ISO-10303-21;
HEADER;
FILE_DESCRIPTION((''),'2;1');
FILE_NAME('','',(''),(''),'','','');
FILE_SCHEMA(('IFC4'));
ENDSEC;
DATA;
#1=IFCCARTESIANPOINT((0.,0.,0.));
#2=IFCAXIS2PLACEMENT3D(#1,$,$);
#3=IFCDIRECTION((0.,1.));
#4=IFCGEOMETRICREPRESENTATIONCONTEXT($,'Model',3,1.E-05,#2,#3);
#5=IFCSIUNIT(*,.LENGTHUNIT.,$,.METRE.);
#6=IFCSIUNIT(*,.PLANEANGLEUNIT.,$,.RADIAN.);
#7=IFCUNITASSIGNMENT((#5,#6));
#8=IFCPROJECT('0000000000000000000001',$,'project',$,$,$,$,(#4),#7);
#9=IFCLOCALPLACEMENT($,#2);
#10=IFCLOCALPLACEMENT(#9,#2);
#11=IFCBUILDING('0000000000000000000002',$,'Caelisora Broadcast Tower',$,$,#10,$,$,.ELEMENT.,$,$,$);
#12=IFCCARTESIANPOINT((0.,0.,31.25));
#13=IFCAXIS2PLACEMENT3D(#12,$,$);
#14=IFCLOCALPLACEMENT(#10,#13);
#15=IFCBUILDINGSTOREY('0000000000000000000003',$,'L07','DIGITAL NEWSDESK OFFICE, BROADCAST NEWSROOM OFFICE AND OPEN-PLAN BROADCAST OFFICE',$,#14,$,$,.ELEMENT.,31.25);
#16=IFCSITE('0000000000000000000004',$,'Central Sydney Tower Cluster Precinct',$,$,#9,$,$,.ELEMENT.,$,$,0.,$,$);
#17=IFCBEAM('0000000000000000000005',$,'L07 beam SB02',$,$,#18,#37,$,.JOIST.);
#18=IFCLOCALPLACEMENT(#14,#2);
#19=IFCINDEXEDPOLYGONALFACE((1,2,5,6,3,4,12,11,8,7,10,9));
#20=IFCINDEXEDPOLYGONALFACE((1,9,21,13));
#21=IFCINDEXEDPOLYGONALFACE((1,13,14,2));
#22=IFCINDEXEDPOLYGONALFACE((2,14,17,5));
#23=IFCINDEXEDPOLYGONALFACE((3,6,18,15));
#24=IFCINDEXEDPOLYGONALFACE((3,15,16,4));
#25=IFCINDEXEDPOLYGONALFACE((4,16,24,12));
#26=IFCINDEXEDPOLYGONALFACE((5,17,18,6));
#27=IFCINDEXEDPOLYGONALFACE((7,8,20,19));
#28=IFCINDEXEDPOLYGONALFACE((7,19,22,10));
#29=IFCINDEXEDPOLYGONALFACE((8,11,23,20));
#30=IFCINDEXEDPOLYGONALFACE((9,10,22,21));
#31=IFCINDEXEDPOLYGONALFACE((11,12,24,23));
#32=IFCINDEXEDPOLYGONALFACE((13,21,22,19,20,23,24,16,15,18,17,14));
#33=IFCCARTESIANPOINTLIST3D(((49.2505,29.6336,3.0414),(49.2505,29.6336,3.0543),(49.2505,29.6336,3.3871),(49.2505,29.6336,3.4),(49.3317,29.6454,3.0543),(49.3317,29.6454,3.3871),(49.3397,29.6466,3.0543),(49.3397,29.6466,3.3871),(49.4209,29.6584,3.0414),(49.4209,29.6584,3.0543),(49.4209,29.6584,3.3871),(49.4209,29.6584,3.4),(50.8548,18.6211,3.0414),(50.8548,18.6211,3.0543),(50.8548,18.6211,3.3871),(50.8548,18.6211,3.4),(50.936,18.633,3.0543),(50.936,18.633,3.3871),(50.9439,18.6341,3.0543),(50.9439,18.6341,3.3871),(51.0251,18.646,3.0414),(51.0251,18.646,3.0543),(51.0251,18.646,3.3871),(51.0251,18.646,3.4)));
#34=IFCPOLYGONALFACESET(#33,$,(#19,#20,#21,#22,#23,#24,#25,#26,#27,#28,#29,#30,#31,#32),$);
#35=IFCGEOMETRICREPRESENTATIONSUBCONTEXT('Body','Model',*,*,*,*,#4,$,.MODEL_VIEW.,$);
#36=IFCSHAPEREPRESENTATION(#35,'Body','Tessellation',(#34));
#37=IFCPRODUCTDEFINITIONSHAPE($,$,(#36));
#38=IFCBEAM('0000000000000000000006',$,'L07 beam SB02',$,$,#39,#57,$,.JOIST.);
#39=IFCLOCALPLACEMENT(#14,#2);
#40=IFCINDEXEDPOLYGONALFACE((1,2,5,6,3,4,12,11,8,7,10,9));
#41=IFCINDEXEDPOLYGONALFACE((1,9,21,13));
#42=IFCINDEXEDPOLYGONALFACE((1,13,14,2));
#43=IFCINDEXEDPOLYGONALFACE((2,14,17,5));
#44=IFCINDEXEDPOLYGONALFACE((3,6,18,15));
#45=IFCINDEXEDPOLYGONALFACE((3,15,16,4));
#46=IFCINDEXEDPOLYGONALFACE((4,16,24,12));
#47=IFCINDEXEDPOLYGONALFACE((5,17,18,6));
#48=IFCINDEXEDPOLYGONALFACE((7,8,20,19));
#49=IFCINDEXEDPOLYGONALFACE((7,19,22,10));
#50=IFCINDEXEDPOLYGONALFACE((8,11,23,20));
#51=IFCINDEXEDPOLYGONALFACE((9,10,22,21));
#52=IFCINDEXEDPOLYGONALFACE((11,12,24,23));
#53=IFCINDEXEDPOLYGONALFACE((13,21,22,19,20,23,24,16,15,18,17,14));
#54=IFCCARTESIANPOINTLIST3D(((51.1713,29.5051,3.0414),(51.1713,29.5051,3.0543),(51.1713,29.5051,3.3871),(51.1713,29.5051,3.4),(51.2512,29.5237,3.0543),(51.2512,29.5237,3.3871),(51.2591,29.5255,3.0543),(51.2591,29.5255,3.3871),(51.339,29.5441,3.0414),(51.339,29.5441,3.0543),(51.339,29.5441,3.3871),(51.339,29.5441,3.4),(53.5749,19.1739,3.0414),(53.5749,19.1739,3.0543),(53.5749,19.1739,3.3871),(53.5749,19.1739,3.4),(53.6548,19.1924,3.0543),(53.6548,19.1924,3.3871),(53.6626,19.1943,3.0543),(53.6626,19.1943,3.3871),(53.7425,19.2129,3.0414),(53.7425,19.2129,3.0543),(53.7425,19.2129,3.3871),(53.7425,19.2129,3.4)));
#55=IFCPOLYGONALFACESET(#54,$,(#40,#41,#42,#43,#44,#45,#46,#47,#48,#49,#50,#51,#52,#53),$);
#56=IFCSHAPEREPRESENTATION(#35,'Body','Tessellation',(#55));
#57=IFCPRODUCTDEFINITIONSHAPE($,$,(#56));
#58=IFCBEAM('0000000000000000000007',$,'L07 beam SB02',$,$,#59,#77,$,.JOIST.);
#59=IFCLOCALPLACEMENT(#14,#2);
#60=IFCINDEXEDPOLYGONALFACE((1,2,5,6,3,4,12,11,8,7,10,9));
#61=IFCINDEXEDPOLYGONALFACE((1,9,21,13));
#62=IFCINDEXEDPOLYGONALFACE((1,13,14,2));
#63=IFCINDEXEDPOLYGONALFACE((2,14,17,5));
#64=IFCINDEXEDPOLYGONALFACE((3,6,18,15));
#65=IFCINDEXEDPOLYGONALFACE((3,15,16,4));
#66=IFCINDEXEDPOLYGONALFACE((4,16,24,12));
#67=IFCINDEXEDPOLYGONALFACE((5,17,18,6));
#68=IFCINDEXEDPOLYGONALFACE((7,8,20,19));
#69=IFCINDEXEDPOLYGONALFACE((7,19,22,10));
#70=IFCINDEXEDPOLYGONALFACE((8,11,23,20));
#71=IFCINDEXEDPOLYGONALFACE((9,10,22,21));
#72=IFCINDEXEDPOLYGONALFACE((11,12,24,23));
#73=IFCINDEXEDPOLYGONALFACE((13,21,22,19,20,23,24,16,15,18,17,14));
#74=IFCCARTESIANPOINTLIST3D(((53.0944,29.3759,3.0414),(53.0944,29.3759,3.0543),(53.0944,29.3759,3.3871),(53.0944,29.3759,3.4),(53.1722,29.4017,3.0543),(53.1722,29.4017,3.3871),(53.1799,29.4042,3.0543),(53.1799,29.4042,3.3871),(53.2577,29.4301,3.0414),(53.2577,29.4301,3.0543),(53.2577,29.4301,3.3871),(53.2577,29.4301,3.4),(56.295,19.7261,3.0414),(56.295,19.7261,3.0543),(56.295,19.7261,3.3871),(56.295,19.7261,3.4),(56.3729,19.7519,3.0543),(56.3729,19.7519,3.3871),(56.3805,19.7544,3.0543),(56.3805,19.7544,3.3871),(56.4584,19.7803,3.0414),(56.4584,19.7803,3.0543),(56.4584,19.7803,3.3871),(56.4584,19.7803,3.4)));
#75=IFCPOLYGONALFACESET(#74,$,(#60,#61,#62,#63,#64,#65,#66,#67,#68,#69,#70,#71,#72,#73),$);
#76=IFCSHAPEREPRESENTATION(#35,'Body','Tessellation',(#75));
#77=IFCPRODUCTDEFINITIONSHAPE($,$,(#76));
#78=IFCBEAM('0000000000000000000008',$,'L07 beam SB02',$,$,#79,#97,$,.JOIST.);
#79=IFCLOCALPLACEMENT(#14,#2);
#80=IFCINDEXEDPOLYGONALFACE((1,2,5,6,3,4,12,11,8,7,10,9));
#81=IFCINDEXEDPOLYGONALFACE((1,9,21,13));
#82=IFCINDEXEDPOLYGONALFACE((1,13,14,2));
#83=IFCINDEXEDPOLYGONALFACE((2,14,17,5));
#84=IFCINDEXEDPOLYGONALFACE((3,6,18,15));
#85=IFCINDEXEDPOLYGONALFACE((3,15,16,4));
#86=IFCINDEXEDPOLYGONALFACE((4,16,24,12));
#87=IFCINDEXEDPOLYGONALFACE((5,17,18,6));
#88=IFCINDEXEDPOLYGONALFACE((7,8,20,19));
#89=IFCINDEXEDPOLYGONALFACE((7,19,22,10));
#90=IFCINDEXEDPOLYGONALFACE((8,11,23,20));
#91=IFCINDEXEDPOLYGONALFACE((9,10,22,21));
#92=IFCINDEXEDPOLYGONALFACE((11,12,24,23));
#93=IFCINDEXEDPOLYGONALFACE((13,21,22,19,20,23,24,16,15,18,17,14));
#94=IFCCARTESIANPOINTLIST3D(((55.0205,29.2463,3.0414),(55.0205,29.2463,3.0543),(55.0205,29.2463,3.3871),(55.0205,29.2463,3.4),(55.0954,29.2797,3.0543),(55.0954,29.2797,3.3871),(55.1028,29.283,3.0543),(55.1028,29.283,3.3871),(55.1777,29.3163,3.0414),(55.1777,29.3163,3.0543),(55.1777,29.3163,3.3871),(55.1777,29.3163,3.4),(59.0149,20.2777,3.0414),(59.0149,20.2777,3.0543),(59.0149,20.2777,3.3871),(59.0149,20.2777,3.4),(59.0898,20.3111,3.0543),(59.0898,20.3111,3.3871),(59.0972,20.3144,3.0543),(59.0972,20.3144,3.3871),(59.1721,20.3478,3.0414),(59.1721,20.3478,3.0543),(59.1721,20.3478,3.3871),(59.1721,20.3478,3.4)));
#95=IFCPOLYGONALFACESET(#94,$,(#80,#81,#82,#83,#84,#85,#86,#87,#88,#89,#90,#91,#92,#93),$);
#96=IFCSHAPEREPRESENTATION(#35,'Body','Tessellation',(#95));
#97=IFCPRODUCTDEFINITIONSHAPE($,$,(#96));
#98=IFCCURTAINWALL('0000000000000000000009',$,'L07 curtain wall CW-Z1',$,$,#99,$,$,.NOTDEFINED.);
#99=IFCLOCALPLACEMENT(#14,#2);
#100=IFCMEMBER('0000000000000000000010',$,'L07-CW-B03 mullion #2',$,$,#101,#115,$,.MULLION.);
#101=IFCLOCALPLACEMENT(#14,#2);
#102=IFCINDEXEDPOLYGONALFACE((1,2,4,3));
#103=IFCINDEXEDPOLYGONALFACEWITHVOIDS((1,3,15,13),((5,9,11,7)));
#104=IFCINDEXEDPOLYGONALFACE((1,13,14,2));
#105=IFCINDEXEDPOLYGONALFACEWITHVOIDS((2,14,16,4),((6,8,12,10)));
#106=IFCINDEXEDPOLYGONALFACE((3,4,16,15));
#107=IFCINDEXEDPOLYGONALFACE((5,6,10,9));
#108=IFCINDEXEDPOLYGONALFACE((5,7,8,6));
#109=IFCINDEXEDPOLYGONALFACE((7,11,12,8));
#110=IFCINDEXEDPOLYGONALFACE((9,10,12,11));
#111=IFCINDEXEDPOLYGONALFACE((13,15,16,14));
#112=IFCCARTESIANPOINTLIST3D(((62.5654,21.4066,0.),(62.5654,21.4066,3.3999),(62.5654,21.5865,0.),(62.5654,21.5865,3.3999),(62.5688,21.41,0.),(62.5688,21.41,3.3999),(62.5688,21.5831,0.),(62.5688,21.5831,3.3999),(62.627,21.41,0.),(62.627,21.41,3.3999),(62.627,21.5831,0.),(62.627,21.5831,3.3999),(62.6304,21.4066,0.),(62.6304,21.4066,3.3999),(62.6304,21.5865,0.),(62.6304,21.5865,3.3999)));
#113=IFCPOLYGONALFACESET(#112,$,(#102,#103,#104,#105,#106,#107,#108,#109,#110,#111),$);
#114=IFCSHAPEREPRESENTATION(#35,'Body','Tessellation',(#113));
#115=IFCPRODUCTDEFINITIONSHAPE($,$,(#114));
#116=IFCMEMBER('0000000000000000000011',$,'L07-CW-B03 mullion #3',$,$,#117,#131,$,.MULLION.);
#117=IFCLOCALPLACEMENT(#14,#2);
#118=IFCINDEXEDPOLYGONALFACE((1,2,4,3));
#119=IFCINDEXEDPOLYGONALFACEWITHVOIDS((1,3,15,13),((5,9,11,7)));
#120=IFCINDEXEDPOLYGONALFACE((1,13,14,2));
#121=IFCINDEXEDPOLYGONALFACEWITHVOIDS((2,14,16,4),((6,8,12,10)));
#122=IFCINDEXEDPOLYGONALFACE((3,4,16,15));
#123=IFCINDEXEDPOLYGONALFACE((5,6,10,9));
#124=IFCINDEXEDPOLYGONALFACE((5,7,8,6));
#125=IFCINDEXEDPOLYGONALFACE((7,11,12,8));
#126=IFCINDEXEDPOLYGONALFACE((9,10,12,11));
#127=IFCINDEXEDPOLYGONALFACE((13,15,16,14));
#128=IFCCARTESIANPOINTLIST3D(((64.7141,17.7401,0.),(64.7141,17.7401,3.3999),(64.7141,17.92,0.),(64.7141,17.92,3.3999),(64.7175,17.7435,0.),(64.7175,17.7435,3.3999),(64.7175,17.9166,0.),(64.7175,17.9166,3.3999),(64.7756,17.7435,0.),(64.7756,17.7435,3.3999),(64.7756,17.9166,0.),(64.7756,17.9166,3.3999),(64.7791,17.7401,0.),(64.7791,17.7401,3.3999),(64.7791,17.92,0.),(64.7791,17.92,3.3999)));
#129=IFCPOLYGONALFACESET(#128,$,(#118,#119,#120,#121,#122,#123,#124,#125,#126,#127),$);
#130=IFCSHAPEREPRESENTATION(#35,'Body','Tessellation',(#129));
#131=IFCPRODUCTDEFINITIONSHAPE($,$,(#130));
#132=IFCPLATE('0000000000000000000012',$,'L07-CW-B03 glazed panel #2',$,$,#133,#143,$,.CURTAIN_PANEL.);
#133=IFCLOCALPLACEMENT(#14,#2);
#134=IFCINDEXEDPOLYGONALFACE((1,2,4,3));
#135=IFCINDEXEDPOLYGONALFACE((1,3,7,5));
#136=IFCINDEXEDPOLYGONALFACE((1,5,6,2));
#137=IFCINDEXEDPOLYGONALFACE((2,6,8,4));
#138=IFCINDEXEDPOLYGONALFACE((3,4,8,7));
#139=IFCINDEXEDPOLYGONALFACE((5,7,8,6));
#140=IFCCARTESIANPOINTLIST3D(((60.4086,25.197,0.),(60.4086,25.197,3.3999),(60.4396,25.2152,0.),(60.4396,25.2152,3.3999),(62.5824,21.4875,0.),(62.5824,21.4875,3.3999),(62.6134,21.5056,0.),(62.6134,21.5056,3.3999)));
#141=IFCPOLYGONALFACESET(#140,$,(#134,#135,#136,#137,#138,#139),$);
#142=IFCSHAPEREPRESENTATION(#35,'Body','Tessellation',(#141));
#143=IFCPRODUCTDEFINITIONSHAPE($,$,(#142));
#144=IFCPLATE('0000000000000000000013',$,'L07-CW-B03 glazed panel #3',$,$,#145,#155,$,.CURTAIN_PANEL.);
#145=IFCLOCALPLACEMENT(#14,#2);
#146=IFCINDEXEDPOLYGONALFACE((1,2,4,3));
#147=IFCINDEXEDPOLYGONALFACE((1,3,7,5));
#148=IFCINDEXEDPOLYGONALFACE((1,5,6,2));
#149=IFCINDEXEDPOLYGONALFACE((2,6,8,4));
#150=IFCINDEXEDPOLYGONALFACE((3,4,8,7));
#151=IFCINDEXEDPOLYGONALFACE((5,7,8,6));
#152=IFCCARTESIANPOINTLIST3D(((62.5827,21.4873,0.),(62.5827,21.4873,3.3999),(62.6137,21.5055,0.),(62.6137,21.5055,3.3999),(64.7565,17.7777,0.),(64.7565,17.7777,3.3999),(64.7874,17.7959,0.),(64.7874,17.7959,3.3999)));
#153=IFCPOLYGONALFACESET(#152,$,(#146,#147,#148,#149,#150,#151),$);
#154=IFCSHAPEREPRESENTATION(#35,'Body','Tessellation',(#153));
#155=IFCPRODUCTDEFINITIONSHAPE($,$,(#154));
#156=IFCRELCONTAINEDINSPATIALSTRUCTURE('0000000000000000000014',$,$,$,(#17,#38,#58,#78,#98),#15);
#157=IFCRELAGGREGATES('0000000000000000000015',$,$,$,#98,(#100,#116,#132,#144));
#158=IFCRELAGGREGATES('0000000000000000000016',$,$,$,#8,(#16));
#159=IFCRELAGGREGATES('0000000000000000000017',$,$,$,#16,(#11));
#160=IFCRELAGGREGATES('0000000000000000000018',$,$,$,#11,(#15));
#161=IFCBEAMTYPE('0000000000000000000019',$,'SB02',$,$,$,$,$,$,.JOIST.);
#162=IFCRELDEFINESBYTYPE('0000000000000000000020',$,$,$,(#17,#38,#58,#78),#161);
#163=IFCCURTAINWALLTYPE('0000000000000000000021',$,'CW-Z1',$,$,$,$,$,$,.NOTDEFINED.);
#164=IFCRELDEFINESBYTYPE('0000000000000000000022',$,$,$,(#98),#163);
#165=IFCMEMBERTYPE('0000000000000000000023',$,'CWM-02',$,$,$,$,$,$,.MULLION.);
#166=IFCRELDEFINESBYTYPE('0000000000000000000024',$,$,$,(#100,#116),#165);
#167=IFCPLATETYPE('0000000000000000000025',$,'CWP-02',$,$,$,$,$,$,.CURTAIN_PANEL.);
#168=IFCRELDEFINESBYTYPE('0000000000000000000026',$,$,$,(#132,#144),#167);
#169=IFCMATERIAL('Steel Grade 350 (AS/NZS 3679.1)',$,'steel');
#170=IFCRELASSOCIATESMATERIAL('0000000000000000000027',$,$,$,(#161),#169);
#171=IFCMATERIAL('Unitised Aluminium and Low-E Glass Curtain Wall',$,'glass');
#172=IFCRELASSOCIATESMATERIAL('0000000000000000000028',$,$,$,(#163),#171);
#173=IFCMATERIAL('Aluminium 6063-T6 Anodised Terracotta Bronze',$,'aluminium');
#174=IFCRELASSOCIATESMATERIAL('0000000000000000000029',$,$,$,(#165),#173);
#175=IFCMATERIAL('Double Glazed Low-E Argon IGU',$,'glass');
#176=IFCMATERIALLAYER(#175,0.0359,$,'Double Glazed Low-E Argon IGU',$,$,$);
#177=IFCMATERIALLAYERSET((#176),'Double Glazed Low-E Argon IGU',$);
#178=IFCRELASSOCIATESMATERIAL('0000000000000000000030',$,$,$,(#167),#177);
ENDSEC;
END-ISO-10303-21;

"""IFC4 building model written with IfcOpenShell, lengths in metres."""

from ifc_helpers import new_model, si_unit, direction, frame, origin, origin_2d, place, context, subcontext, project, spatial, rectangle, hollow_rectangle, i_section, extrude, source, transform, mapped, material, layer, layer_set, material_profile, profile_set, type_object, type_shapes, element, aggregate, save


model = new_model("IFC4")

# Units and contexts
model_context = context("Model", 3, precision=1e-05, world=origin(), true_north=direction((0.0, 1.0)))
body_context = subcontext(model_context, "Body", "Model", "MODEL_VIEW")
ifc_project = project(units=[si_unit("LENGTHUNIT", "METRE"), si_unit("PLANEANGLEUNIT", "RADIAN")], contexts=[model_context])

# Site, building, storey
site_placement = place(None, origin())
site = spatial("IfcSite", under=ifc_project, at=site_placement, Name="Central Sydney Tower Cluster Precinct", CompositionType="ELEMENT", RefElevation=0.0)
building_placement = place(site_placement, origin())
building = spatial("IfcBuilding", under=site, at=building_placement, Name="Caelisora Broadcast Tower", CompositionType="ELEMENT")
storey_placement = place(building_placement, frame((0.0, 0.0, 31.25)))
storey = spatial("IfcBuildingStorey", under=building, at=storey_placement, Name="L07", Description="DIGITAL NEWSDESK OFFICE, BROADCAST NEWSROOM OFFICE AND OPEN-PLAN BROADCAST OFFICE", CompositionType="ELEMENT", Elevation=31.25)

# Beams
ifc_material_1 = material(Name="Steel Grade 350 (AS/NZS 3679.1)", Category="steel")
ifc_material_profile_1 = material_profile(ifc_material_1, i_section(OverallWidth=0.1721, OverallDepth=0.3586, WebThickness=0.0081, FlangeThickness=0.0129, at=origin_2d()), Name="Steel Grade 350 (AS/NZS 3679.1)")
ifc_profile_set_1 = profile_set([ifc_material_profile_1], Name="Steel Grade 350 (AS/NZS 3679.1)")
beam_type_1 = type_object("IfcBeamType", Name="SB02", PredefinedType="JOIST", material=ifc_profile_set_1)
shared_shape_1 = source(origin(), body_context, "Body", "SweptSolid", [
    extrude(i_section(OverallWidth=0.1721, OverallDepth=0.3586, WebThickness=0.0081, FlangeThickness=0.0129, at=origin_2d()), origin(), (0.0, 0.0, 1.0), 11.1287),
])
beam_1_placement = place(storey_placement, frame((50.9399, 18.6335, 3.2207), z_axis=(-0.144154, 0.989555, 0.0), x_axis=(-0.989555, -0.144154, 0.0)))
element("IfcBeam", 1, at=beam_1_placement, inside=storey, type_object=beam_type_1, Name="L07 beam SB02", PredefinedType="JOIST", context=body_context, shape_type="MappedRepresentation", body=[
    mapped(shared_shape_1, transform((0.0, 0.0, 0.0), scale=1.0)),
])
shared_shape_2 = source(origin(), body_context, "Body", "SweptSolid", [
    extrude(i_section(OverallWidth=0.1721, OverallDepth=0.3586, WebThickness=0.0081, FlangeThickness=0.0129, at=origin_2d()), origin(), (0.0, 0.0, 1.0), 10.6072),
])
beam_2_placement = place(storey_placement, frame((53.6587, 19.1934, 3.2207), z_axis=(-0.226597, 0.973989, 0.0), x_axis=(-0.973989, -0.226597, 0.0)))
element("IfcBeam", 2, at=beam_2_placement, inside=storey, type_object=beam_type_1, Name="L07 beam SB02", PredefinedType="JOIST", context=body_context, shape_type="MappedRepresentation", body=[
    mapped(shared_shape_2, transform((0.0, 0.0, 0.0), scale=1.0)),
])
shared_shape_3 = source(origin(), body_context, "Body", "SweptSolid", [
    extrude(i_section(OverallWidth=0.1721, OverallDepth=0.3586, WebThickness=0.0081, FlangeThickness=0.0129, at=origin_2d()), origin(), (0.0, 0.0, 1.0), 10.1667),
])
beam_3_placement = place(storey_placement, frame((56.3767, 19.7532, 3.2207), z_axis=(-0.314815, 0.949153, 0.0), x_axis=(-0.949153, -0.314815, 0.0)))
element("IfcBeam", 3, at=beam_3_placement, inside=storey, type_object=beam_type_1, Name="L07 beam SB02", PredefinedType="JOIST", context=body_context, shape_type="MappedRepresentation", body=[
    mapped(shared_shape_3, transform((0.0, 0.0, 0.0), scale=1.0)),
])
shared_shape_4 = source(origin(), body_context, "Body", "SweptSolid", [
    extrude(i_section(OverallWidth=0.1721, OverallDepth=0.3586, WebThickness=0.0081, FlangeThickness=0.0129, at=origin_2d()), origin(), (0.0, 0.0, 1.0), 9.8179),
])
beam_4_placement = place(storey_placement, frame((59.0935, 20.3127, 3.2207), z_axis=(-0.406851, 0.913494, 0.0), x_axis=(-0.913494, -0.406851, 0.0)))
element("IfcBeam", 4, at=beam_4_placement, inside=storey, type_object=beam_type_1, Name="L07 beam SB02", PredefinedType="JOIST", context=body_context, shape_type="MappedRepresentation", body=[
    mapped(shared_shape_4, transform((0.0, 0.0, 0.0), scale=1.0)),
])

# Curtain wall, members, plates
ifc_material_2 = material(Name="Unitised Aluminium and Low-E Glass Curtain Wall", Category="glass")
curtain_wall_type = type_object("IfcCurtainWallType", Name="CW-Z1", PredefinedType="NOTDEFINED", material=ifc_material_2)
curtain_wall_placement = place(storey_placement, origin())
curtain_wall = element("IfcCurtainWall", 5, at=curtain_wall_placement, inside=storey, type_object=curtain_wall_type, Name="L07 curtain wall CW-Z1", PredefinedType="NOTDEFINED")
ifc_material_3 = material(Name="Aluminium 6063-T6 Anodised Terracotta Bronze", Category="aluminium")
ifc_material_profile_2 = material_profile(ifc_material_3, hollow_rectangle(XDim=0.0649, YDim=0.1799, WallThickness=0.0034, at=origin_2d()), Name="Aluminium 6063-T6 Anodised Terracotta Bronze")
ifc_profile_set_2 = profile_set([ifc_material_profile_2], Name="Aluminium 6063-T6 Anodised Terracotta Bronze")
member_type = type_object("IfcMemberType", Name="CWM-02", PredefinedType="MULLION", material=ifc_profile_set_2)
shared_shape_5 = source(origin(), body_context, "Body", "SweptSolid", [
    extrude(hollow_rectangle(XDim=0.0649, YDim=0.1799, WallThickness=0.0034, at=origin_2d()), origin(), (0.0, 0.0, 1.0), 3.3999),
])
type_shapes(member_type, [shared_shape_5])
member_1_placement = place(storey_placement, frame((62.5979, 21.4966, 0.0), z_axis=(0.0, 0.0, 1.0), x_axis=(1.0, 0.0, 0.0)))
member_1 = element("IfcMember", 6, at=member_1_placement, type_object=member_type, Name="L07-CW-B03 mullion #2", PredefinedType="MULLION", context=body_context, shape_type="MappedRepresentation", body=[
    mapped(shared_shape_5, transform((0.0, 0.0, 0.0), scale=1.0)),
])
member_2_placement = place(storey_placement, frame((64.7466, 17.8301, 0.0), z_axis=(0.0, 0.0, 1.0), x_axis=(1.0, 0.0, 0.0)))
member_2 = element("IfcMember", 7, at=member_2_placement, type_object=member_type, Name="L07-CW-B03 mullion #3", PredefinedType="MULLION", context=body_context, shape_type="MappedRepresentation", body=[
    mapped(shared_shape_5, transform((0.0, 0.0, 0.0), scale=1.0)),
])
ifc_material_4 = material(Name="Double Glazed Low-E Argon IGU", Category="glass")
ifc_layer_1 = layer(ifc_material_4, 0.0359, Name="Double Glazed Low-E Argon IGU")
ifc_layer_set_1 = layer_set([ifc_layer_1], Name="Double Glazed Low-E Argon IGU")
plate_type = type_object("IfcPlateType", Name="CWP-02", PredefinedType="CURTAIN_PANEL", material=ifc_layer_set_1)
shared_shape_6 = source(origin(), body_context, "Body", "SweptSolid", [
    extrude(rectangle(XDim=4.2996, YDim=0.0359, at=origin_2d()), origin(), (0.0, 0.0, 1.0), 3.3999),
])
type_shapes(plate_type, [shared_shape_6])
plate_1_placement = place(storey_placement, frame((61.511, 23.3513, 0.0), z_axis=(0.0, 0.0, 1.0), x_axis=(0.505582, -0.862779, 0.0)))
plate_1 = element("IfcPlate", 8, at=plate_1_placement, type_object=plate_type, Name="L07-CW-B03 glazed panel #2", PredefinedType="CURTAIN_PANEL", context=body_context, shape_type="MappedRepresentation", body=[
    mapped(shared_shape_6, transform((0.0, 0.0, 0.0), scale=1.0)),
])
plate_2_placement = place(storey_placement, frame((63.6851, 19.6416, 0.0), z_axis=(0.0, 0.0, 1.0), x_axis=(0.505582, -0.862779, 0.0)))
plate_2 = element("IfcPlate", 9, at=plate_2_placement, type_object=plate_type, Name="L07-CW-B03 glazed panel #3", PredefinedType="CURTAIN_PANEL", context=body_context, shape_type="MappedRepresentation", body=[
    mapped(shared_shape_6, transform((0.0, 0.0, 0.0), scale=1.0)),
])
aggregate(curtain_wall, [member_1, member_2, plate_1, plate_2])

save(model, "model.ifc")
